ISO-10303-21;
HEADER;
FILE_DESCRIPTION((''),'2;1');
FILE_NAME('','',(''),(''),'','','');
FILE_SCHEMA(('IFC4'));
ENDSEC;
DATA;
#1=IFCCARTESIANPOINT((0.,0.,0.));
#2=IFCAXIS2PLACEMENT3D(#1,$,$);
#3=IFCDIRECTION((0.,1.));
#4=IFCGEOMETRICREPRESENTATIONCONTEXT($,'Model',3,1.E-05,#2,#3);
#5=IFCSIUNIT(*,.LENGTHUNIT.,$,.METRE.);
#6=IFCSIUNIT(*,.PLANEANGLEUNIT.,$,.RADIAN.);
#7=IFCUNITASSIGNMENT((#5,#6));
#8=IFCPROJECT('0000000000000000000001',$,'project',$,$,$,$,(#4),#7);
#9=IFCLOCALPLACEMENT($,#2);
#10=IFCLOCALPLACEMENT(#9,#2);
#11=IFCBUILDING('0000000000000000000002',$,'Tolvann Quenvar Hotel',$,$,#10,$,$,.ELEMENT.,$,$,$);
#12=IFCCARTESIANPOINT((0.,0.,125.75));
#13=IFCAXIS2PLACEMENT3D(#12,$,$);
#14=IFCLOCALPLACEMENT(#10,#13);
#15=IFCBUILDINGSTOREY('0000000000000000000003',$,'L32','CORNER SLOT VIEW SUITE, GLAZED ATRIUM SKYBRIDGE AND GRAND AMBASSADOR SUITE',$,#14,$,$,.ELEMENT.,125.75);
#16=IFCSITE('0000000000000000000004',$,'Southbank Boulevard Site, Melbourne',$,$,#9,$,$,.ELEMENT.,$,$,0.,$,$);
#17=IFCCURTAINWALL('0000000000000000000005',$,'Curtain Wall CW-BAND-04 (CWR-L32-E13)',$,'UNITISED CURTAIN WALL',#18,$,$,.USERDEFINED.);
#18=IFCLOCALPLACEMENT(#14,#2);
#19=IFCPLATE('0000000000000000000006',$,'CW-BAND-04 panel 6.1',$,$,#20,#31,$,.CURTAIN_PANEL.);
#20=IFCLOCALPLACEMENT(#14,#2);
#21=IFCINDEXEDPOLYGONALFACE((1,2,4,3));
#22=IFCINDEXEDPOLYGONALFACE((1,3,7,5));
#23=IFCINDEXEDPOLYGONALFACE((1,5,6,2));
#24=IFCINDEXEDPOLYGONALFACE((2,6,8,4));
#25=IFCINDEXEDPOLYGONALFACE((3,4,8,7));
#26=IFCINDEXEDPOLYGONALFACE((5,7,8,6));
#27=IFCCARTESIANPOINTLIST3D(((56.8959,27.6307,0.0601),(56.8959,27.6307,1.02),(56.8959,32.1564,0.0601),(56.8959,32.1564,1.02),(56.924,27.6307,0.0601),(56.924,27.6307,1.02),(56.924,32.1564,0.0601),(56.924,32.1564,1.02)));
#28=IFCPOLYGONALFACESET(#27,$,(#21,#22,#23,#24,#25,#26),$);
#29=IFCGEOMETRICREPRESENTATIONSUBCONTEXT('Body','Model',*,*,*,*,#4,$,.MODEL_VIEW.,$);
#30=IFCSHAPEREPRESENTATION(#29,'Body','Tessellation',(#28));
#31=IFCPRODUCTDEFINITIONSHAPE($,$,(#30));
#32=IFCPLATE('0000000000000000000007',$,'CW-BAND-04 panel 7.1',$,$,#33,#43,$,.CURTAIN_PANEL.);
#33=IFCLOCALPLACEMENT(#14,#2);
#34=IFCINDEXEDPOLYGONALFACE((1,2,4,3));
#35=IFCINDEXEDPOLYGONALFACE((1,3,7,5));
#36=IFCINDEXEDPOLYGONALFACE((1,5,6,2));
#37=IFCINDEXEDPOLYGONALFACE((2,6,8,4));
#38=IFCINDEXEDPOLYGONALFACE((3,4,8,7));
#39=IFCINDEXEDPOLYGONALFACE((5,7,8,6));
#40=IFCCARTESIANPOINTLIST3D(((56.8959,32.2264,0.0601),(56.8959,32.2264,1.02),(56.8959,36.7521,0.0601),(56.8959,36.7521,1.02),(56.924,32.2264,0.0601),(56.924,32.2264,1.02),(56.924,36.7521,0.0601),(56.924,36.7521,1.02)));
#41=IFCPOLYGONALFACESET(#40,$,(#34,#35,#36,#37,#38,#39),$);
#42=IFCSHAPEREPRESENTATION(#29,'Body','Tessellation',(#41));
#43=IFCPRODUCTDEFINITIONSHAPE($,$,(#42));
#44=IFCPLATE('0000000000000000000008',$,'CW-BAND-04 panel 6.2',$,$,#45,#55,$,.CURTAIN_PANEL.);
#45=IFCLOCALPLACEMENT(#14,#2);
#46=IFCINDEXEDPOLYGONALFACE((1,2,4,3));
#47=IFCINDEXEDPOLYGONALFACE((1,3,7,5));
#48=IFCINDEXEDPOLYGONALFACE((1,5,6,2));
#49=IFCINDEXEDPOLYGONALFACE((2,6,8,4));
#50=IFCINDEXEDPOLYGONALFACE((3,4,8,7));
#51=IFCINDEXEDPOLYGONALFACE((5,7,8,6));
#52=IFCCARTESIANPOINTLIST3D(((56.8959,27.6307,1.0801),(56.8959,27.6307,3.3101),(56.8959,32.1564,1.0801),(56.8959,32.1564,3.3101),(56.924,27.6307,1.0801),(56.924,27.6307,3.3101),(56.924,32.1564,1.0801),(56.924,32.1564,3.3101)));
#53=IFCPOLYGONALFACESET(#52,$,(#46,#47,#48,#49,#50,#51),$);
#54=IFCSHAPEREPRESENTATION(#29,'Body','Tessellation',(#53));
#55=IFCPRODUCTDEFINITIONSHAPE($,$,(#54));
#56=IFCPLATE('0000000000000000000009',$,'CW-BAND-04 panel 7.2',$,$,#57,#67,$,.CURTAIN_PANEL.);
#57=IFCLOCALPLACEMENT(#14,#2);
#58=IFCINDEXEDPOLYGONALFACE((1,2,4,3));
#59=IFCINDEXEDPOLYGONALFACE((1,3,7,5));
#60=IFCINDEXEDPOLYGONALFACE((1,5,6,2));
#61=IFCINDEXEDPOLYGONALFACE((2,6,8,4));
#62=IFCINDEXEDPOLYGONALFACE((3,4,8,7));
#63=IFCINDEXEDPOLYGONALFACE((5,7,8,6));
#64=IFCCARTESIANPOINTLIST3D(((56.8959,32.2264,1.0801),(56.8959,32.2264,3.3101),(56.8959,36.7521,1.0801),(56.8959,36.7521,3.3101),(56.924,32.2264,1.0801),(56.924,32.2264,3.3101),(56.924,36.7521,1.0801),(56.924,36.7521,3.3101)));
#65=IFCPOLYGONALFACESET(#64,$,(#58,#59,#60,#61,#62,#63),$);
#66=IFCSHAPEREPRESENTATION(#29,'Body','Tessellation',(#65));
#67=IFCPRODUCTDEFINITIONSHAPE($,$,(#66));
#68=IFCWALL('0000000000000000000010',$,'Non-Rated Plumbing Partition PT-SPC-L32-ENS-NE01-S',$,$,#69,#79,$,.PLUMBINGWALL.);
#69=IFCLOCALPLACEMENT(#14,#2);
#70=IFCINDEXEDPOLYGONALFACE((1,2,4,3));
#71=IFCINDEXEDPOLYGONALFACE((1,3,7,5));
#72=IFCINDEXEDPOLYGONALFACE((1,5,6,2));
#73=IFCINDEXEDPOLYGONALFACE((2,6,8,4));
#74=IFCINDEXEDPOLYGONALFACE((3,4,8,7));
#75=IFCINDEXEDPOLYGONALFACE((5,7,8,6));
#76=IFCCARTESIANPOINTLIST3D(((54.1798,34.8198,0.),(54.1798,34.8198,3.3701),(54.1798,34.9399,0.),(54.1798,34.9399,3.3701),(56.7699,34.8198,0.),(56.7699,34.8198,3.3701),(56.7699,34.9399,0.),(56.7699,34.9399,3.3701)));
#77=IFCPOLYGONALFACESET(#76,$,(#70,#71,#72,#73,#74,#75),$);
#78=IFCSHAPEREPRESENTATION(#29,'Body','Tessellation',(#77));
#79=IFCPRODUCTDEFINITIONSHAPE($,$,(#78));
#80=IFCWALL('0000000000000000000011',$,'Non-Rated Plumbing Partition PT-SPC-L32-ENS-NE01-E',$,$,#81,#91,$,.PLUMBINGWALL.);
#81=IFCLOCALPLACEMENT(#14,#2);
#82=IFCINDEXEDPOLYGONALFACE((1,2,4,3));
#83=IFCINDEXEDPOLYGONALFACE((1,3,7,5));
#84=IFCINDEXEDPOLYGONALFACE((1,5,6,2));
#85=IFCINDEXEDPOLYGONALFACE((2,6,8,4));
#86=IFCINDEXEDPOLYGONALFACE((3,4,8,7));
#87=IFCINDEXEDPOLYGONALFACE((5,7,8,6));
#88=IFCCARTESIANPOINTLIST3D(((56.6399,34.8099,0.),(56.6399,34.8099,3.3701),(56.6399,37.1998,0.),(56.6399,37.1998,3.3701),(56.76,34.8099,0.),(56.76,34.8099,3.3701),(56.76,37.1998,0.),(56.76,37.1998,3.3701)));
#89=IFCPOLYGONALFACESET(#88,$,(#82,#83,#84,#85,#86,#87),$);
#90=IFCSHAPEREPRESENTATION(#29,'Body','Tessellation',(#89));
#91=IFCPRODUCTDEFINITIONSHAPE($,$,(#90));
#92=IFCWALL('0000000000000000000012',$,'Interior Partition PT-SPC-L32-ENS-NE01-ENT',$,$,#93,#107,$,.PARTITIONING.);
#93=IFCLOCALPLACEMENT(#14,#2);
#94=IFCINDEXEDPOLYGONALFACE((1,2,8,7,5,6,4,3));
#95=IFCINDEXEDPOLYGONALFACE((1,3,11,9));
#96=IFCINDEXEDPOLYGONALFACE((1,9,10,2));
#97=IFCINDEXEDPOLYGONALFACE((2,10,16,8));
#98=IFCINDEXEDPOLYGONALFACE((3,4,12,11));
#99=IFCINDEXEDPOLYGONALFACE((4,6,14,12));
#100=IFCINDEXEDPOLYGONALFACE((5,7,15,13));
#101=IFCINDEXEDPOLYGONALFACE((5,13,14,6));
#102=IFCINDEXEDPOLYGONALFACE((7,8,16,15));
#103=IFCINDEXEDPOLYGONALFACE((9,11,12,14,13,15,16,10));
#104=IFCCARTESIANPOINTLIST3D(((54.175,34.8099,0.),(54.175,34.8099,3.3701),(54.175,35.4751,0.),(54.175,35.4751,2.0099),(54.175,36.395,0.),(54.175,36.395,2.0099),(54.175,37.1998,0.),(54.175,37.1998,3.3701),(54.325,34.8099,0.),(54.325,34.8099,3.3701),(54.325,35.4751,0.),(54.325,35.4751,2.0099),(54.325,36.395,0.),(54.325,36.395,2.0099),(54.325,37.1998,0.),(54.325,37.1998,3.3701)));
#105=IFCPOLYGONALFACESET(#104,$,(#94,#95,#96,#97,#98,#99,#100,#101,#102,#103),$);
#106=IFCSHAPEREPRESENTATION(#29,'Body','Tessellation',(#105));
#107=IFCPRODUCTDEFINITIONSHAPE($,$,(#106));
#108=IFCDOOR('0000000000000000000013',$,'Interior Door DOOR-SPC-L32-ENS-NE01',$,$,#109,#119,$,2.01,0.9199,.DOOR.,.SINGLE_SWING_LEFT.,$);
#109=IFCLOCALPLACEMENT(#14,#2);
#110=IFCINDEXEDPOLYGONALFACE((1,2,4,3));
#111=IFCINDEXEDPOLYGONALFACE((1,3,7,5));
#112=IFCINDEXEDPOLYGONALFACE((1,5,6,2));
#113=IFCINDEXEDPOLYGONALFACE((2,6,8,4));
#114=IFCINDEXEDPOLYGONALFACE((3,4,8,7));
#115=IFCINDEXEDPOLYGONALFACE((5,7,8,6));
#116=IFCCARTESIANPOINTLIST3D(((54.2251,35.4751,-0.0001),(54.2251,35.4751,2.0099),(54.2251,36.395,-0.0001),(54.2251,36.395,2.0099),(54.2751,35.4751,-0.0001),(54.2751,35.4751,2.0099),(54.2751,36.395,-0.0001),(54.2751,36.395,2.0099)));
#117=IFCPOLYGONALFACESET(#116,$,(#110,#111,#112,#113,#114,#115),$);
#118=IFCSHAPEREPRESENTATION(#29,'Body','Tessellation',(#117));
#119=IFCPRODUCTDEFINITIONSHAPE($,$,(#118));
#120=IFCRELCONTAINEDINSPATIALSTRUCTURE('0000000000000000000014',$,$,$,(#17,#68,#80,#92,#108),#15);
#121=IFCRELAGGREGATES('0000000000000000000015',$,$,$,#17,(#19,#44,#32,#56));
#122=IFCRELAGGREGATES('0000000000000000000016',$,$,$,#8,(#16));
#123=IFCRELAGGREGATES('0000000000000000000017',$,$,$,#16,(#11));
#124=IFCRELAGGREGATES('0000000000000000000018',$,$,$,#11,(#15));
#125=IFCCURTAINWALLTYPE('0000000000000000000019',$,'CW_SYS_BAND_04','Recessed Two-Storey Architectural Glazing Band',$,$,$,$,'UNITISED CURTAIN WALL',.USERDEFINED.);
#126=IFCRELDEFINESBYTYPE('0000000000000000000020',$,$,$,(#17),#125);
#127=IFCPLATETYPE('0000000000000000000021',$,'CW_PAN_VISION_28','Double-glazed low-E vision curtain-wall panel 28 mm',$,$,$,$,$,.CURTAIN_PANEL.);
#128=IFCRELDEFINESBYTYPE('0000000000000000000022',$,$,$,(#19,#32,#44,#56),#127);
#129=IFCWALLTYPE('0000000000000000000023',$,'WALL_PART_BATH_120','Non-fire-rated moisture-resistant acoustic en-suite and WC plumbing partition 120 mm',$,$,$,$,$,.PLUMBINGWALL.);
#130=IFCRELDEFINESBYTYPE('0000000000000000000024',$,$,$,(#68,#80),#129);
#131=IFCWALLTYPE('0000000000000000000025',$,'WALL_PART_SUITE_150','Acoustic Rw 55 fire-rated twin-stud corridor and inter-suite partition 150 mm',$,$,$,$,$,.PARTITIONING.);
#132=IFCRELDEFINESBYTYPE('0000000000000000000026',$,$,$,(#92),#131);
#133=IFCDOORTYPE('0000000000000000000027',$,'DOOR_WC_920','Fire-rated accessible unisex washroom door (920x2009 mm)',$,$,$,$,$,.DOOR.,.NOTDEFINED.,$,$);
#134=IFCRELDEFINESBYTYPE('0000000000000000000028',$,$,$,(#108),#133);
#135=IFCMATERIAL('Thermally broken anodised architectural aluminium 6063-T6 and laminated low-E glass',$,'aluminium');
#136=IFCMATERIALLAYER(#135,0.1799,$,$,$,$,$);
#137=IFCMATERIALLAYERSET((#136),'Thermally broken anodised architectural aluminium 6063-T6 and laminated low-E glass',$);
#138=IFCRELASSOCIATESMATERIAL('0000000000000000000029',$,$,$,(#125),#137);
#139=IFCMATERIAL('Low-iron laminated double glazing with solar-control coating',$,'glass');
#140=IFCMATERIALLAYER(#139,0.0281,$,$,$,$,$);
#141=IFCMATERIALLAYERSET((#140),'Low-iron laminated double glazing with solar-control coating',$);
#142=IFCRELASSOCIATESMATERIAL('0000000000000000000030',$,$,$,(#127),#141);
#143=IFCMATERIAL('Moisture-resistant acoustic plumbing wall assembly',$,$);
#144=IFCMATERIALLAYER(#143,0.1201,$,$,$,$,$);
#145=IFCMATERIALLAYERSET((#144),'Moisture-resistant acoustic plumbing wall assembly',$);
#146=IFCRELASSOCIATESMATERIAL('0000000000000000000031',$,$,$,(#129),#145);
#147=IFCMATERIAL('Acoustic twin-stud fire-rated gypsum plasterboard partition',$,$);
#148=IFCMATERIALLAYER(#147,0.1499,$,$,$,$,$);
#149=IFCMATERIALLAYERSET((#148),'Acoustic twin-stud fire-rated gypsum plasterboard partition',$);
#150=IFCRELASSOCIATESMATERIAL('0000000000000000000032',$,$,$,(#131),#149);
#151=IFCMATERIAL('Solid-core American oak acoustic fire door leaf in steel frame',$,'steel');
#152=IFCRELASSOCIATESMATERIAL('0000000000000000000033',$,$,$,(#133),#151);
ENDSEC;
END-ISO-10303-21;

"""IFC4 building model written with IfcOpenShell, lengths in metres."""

from ifc_helpers import new_model, si_unit, direction, frame, frame_2d, origin, origin_2d, place, context, subcontext, project, spatial, rectangle, extrude, source, transform, mapped, material, layer, layer_set, type_object, type_shapes, element, fill, aggregate, save


model = new_model("IFC4")

# Units and contexts
model_context = context("Model", 3, precision=1e-05, world=origin(), true_north=direction((0.0, 1.0)))
body_context = subcontext(model_context, "Body", "Model", "MODEL_VIEW")
ifc_project = project(units=[si_unit("LENGTHUNIT", "METRE"), si_unit("PLANEANGLEUNIT", "RADIAN")], contexts=[model_context])

# Site, building, storey
site_placement = place(None, origin())
site = spatial("IfcSite", under=ifc_project, at=site_placement, Name="Southbank Boulevard Site, Melbourne", CompositionType="ELEMENT", RefElevation=0.0)
building_placement = place(site_placement, origin())
building = spatial("IfcBuilding", under=site, at=building_placement, Name="Tolvann Quenvar Hotel", CompositionType="ELEMENT")
storey_placement = place(building_placement, frame((0.0, 0.0, 125.75)))
storey = spatial("IfcBuildingStorey", under=building, at=storey_placement, Name="L32", Description="CORNER SLOT VIEW SUITE, GLAZED ATRIUM SKYBRIDGE AND GRAND AMBASSADOR SUITE", CompositionType="ELEMENT", Elevation=125.75)

# Curtain wall, plates
ifc_material_1 = material(Name="Thermally broken anodised architectural aluminium 6063-T6 and laminated low-E glass", Category="aluminium")
ifc_layer_1 = layer(ifc_material_1, 0.1799)
ifc_layer_set_1 = layer_set([ifc_layer_1], Name="Thermally broken anodised architectural aluminium 6063-T6 and laminated low-E glass")
curtain_wall_type = type_object("IfcCurtainWallType", Name="CW_SYS_BAND_04", Description="Recessed Two-Storey Architectural Glazing Band", ElementType="UNITISED CURTAIN WALL", PredefinedType="USERDEFINED", material=ifc_layer_set_1)
curtain_wall_placement = place(storey_placement, origin())
curtain_wall = element("IfcCurtainWall", 1, at=curtain_wall_placement, inside=storey, type_object=curtain_wall_type, Name="Curtain Wall CW-BAND-04 (CWR-L32-E13)", ObjectType="UNITISED CURTAIN WALL", PredefinedType="USERDEFINED")
ifc_material_2 = material(Name="Low-iron laminated double glazing with solar-control coating", Category="glass")
ifc_layer_2 = layer(ifc_material_2, 0.0281)
ifc_layer_set_2 = layer_set([ifc_layer_2], Name="Low-iron laminated double glazing with solar-control coating")
plate_type = type_object("IfcPlateType", Name="CW_PAN_VISION_28", Description="Double-glazed low-E vision curtain-wall panel 28 mm", PredefinedType="CURTAIN_PANEL", material=ifc_layer_set_2)
shared_shape_1 = source(origin(), body_context, "Body", "SweptSolid", [
    extrude(rectangle(XDim=4.5256, YDim=0.0281, at=origin_2d()), origin(), (0.0, 0.0, 1.0), 0.96),
])
plate_1_placement = place(storey_placement, frame((56.9099, 29.8936, 0.0601), z_axis=(0.0, 0.0, 1.0), x_axis=(0.0, 1.0, 0.0)))
plate_1 = element("IfcPlate", 2, at=plate_1_placement, type_object=plate_type, Name="CW-BAND-04 panel 6.1", PredefinedType="CURTAIN_PANEL", context=body_context, shape_type="MappedRepresentation", body=[
    mapped(shared_shape_1, transform((0.0, 0.0, 0.0), x_axis=(1.0, 0.0, 0.0), y_axis=(0.0, 1.0, 0.0), z_axis=(0.0, 0.0, 1.0), scale=1.0)),
])
plate_2_placement = place(storey_placement, frame((56.9099, 34.4893, 0.0601), z_axis=(0.0, 0.0, 1.0), x_axis=(0.0, 1.0, 0.0)))
plate_2 = element("IfcPlate", 3, at=plate_2_placement, type_object=plate_type, Name="CW-BAND-04 panel 7.1", PredefinedType="CURTAIN_PANEL", context=body_context, shape_type="MappedRepresentation", body=[
    mapped(shared_shape_1, transform((0.0, 0.0, 0.0), x_axis=(1.0, 0.0, 0.0), y_axis=(0.0, 1.0, 0.0), z_axis=(0.0, 0.0, 1.0), scale=1.0)),
])
shared_shape_2 = source(origin(), body_context, "Body", "SweptSolid", [
    extrude(rectangle(XDim=4.5256, YDim=0.0281, at=origin_2d()), origin(), (0.0, 0.0, 1.0), 2.23),
])
type_shapes(plate_type, [shared_shape_1, shared_shape_2])
plate_3_placement = place(storey_placement, frame((56.9099, 29.8936, 1.0801), z_axis=(0.0, 0.0, 1.0), x_axis=(0.0, 1.0, 0.0)))
plate_3 = element("IfcPlate", 4, at=plate_3_placement, type_object=plate_type, Name="CW-BAND-04 panel 6.2", PredefinedType="CURTAIN_PANEL", context=body_context, shape_type="MappedRepresentation", body=[
    mapped(shared_shape_2, transform((0.0, 0.0, 0.0), x_axis=(1.0, 0.0, 0.0), y_axis=(0.0, 1.0, 0.0), z_axis=(0.0, 0.0, 1.0), scale=1.0)),
])
plate_4_placement = place(storey_placement, frame((56.9099, 34.4893, 1.0801), z_axis=(0.0, 0.0, 1.0), x_axis=(0.0, 1.0, 0.0)))
plate_4 = element("IfcPlate", 5, at=plate_4_placement, type_object=plate_type, Name="CW-BAND-04 panel 7.2", PredefinedType="CURTAIN_PANEL", context=body_context, shape_type="MappedRepresentation", body=[
    mapped(shared_shape_2, transform((0.0, 0.0, 0.0), x_axis=(1.0, 0.0, 0.0), y_axis=(0.0, 1.0, 0.0), z_axis=(0.0, 0.0, 1.0), scale=1.0)),
])
aggregate(curtain_wall, [plate_1, plate_3, plate_2, plate_4])

# Walls
ifc_material_3 = material(Name="Moisture-resistant acoustic plumbing wall assembly")
ifc_layer_3 = layer(ifc_material_3, 0.1201)
ifc_layer_set_3 = layer_set([ifc_layer_3], Name="Moisture-resistant acoustic plumbing wall assembly")
wall_type_1 = type_object("IfcWallType", Name="WALL_PART_BATH_120", Description="Non-fire-rated moisture-resistant acoustic en-suite and WC plumbing partition 120 mm", PredefinedType="PLUMBINGWALL", material=ifc_layer_set_3)
wall_1_placement = place(storey_placement, frame((54.1799, 34.8799, 0.0), z_axis=(0.0, 0.0, 1.0), x_axis=(1.0, 0.0, 0.0)))
element("IfcWall", 6, at=wall_1_placement, inside=storey, type_object=wall_type_1, Name="Non-Rated Plumbing Partition PT-SPC-L32-ENS-NE01-S", PredefinedType="PLUMBINGWALL", context=body_context, shape_type="SweptSolid", body=[
    extrude(rectangle(XDim=2.5901, YDim=0.1201, at=frame_2d((1.2949, 0.0))), origin(), (0.0, 0.0, 1.0), 3.3701),
])
wall_2_placement = place(storey_placement, frame((56.7, 34.8101, 0.0), z_axis=(0.0, 0.0, 1.0), x_axis=(0.0, 1.0, 0.0)))
element("IfcWall", 7, at=wall_2_placement, inside=storey, type_object=wall_type_1, Name="Non-Rated Plumbing Partition PT-SPC-L32-ENS-NE01-E", PredefinedType="PLUMBINGWALL", context=body_context, shape_type="SweptSolid", body=[
    extrude(rectangle(XDim=2.3899, YDim=0.1201, at=frame_2d((1.1948, 0.0))), origin(), (0.0, 0.0, 1.0), 3.3701),
])

# Wall, opening, door
ifc_material_4 = material(Name="Acoustic twin-stud fire-rated gypsum plasterboard partition")
ifc_layer_4 = layer(ifc_material_4, 0.1499)
ifc_layer_set_4 = layer_set([ifc_layer_4], Name="Acoustic twin-stud fire-rated gypsum plasterboard partition")
wall_type_2 = type_object("IfcWallType", Name="WALL_PART_SUITE_150", Description="Acoustic Rw 55 fire-rated twin-stud corridor and inter-suite partition 150 mm", PredefinedType="PARTITIONING", material=ifc_layer_set_4)
wall_3_placement = place(storey_placement, frame((54.25, 34.8101, 0.0), z_axis=(0.0, 0.0, 1.0), x_axis=(0.0, 1.0, 0.0)))
wall_3 = element("IfcWall", 8, at=wall_3_placement, inside=storey, type_object=wall_type_2, Name="Interior Partition PT-SPC-L32-ENS-NE01-ENT", PredefinedType="PARTITIONING", context=body_context, shape_type="SweptSolid", body=[
    extrude(rectangle(XDim=2.3899, YDim=0.1499, at=frame_2d((1.1948, 0.0))), origin(), (0.0, 0.0, 1.0), 3.3701),
])
opening_placement = place(wall_3_placement, frame((0.665, 0.0, 0.0)))
opening = element("IfcOpeningElement", 9, at=opening_placement, cuts=wall_3, PredefinedType="OPENING", context=body_context, shape_type="SweptSolid", body=[
    extrude(rectangle(XDim=0.9199, YDim=2.01, at=frame_2d((0.46, 1.0049))), frame((0.0, 0.085, 0.0), z_axis=(0.0, -1.0, 0.0), x_axis=(1.0, 0.0, 0.0)), (0.0, 0.0, 1.0), 0.1699),
])
ifc_material_5 = material(Name="Solid-core American oak acoustic fire door leaf in steel frame", Category="steel")
door_type = type_object("IfcDoorType", Name="DOOR_WC_920", Description="Fire-rated accessible unisex washroom door (920x2009 mm)", OperationType="NOTDEFINED", PredefinedType="DOOR", material=ifc_material_5)
shared_shape_3 = source(origin(), body_context, "Body", "SweptSolid", [
    extrude(rectangle(XDim=0.9199, YDim=2.01, at=frame_2d((0.46, 1.0049))), frame((0.0, 0.0249, 0.0), z_axis=(0.0, -1.0, 0.0), x_axis=(1.0, 0.0, 0.0)), (0.0, 0.0, 1.0), 0.05),
])
type_shapes(door_type, [shared_shape_3])
door_placement = place(opening_placement, origin())
door = element("IfcDoor", 10, at=door_placement, inside=storey, type_object=door_type, Name="Interior Door DOOR-SPC-L32-ENS-NE01", OperationType="SINGLE_SWING_LEFT", OverallHeight=2.01, OverallWidth=0.9199, PredefinedType="DOOR", context=body_context, shape_type="MappedRepresentation", body=[
    mapped(shared_shape_3, transform((0.0, 0.0, 0.0), x_axis=(1.0, 0.0, 0.0), y_axis=(0.0, 1.0, 0.0), z_axis=(0.0, 0.0, 1.0), scale=1.0)),
])
fill(opening, door)

save(model, "model.ifc")
